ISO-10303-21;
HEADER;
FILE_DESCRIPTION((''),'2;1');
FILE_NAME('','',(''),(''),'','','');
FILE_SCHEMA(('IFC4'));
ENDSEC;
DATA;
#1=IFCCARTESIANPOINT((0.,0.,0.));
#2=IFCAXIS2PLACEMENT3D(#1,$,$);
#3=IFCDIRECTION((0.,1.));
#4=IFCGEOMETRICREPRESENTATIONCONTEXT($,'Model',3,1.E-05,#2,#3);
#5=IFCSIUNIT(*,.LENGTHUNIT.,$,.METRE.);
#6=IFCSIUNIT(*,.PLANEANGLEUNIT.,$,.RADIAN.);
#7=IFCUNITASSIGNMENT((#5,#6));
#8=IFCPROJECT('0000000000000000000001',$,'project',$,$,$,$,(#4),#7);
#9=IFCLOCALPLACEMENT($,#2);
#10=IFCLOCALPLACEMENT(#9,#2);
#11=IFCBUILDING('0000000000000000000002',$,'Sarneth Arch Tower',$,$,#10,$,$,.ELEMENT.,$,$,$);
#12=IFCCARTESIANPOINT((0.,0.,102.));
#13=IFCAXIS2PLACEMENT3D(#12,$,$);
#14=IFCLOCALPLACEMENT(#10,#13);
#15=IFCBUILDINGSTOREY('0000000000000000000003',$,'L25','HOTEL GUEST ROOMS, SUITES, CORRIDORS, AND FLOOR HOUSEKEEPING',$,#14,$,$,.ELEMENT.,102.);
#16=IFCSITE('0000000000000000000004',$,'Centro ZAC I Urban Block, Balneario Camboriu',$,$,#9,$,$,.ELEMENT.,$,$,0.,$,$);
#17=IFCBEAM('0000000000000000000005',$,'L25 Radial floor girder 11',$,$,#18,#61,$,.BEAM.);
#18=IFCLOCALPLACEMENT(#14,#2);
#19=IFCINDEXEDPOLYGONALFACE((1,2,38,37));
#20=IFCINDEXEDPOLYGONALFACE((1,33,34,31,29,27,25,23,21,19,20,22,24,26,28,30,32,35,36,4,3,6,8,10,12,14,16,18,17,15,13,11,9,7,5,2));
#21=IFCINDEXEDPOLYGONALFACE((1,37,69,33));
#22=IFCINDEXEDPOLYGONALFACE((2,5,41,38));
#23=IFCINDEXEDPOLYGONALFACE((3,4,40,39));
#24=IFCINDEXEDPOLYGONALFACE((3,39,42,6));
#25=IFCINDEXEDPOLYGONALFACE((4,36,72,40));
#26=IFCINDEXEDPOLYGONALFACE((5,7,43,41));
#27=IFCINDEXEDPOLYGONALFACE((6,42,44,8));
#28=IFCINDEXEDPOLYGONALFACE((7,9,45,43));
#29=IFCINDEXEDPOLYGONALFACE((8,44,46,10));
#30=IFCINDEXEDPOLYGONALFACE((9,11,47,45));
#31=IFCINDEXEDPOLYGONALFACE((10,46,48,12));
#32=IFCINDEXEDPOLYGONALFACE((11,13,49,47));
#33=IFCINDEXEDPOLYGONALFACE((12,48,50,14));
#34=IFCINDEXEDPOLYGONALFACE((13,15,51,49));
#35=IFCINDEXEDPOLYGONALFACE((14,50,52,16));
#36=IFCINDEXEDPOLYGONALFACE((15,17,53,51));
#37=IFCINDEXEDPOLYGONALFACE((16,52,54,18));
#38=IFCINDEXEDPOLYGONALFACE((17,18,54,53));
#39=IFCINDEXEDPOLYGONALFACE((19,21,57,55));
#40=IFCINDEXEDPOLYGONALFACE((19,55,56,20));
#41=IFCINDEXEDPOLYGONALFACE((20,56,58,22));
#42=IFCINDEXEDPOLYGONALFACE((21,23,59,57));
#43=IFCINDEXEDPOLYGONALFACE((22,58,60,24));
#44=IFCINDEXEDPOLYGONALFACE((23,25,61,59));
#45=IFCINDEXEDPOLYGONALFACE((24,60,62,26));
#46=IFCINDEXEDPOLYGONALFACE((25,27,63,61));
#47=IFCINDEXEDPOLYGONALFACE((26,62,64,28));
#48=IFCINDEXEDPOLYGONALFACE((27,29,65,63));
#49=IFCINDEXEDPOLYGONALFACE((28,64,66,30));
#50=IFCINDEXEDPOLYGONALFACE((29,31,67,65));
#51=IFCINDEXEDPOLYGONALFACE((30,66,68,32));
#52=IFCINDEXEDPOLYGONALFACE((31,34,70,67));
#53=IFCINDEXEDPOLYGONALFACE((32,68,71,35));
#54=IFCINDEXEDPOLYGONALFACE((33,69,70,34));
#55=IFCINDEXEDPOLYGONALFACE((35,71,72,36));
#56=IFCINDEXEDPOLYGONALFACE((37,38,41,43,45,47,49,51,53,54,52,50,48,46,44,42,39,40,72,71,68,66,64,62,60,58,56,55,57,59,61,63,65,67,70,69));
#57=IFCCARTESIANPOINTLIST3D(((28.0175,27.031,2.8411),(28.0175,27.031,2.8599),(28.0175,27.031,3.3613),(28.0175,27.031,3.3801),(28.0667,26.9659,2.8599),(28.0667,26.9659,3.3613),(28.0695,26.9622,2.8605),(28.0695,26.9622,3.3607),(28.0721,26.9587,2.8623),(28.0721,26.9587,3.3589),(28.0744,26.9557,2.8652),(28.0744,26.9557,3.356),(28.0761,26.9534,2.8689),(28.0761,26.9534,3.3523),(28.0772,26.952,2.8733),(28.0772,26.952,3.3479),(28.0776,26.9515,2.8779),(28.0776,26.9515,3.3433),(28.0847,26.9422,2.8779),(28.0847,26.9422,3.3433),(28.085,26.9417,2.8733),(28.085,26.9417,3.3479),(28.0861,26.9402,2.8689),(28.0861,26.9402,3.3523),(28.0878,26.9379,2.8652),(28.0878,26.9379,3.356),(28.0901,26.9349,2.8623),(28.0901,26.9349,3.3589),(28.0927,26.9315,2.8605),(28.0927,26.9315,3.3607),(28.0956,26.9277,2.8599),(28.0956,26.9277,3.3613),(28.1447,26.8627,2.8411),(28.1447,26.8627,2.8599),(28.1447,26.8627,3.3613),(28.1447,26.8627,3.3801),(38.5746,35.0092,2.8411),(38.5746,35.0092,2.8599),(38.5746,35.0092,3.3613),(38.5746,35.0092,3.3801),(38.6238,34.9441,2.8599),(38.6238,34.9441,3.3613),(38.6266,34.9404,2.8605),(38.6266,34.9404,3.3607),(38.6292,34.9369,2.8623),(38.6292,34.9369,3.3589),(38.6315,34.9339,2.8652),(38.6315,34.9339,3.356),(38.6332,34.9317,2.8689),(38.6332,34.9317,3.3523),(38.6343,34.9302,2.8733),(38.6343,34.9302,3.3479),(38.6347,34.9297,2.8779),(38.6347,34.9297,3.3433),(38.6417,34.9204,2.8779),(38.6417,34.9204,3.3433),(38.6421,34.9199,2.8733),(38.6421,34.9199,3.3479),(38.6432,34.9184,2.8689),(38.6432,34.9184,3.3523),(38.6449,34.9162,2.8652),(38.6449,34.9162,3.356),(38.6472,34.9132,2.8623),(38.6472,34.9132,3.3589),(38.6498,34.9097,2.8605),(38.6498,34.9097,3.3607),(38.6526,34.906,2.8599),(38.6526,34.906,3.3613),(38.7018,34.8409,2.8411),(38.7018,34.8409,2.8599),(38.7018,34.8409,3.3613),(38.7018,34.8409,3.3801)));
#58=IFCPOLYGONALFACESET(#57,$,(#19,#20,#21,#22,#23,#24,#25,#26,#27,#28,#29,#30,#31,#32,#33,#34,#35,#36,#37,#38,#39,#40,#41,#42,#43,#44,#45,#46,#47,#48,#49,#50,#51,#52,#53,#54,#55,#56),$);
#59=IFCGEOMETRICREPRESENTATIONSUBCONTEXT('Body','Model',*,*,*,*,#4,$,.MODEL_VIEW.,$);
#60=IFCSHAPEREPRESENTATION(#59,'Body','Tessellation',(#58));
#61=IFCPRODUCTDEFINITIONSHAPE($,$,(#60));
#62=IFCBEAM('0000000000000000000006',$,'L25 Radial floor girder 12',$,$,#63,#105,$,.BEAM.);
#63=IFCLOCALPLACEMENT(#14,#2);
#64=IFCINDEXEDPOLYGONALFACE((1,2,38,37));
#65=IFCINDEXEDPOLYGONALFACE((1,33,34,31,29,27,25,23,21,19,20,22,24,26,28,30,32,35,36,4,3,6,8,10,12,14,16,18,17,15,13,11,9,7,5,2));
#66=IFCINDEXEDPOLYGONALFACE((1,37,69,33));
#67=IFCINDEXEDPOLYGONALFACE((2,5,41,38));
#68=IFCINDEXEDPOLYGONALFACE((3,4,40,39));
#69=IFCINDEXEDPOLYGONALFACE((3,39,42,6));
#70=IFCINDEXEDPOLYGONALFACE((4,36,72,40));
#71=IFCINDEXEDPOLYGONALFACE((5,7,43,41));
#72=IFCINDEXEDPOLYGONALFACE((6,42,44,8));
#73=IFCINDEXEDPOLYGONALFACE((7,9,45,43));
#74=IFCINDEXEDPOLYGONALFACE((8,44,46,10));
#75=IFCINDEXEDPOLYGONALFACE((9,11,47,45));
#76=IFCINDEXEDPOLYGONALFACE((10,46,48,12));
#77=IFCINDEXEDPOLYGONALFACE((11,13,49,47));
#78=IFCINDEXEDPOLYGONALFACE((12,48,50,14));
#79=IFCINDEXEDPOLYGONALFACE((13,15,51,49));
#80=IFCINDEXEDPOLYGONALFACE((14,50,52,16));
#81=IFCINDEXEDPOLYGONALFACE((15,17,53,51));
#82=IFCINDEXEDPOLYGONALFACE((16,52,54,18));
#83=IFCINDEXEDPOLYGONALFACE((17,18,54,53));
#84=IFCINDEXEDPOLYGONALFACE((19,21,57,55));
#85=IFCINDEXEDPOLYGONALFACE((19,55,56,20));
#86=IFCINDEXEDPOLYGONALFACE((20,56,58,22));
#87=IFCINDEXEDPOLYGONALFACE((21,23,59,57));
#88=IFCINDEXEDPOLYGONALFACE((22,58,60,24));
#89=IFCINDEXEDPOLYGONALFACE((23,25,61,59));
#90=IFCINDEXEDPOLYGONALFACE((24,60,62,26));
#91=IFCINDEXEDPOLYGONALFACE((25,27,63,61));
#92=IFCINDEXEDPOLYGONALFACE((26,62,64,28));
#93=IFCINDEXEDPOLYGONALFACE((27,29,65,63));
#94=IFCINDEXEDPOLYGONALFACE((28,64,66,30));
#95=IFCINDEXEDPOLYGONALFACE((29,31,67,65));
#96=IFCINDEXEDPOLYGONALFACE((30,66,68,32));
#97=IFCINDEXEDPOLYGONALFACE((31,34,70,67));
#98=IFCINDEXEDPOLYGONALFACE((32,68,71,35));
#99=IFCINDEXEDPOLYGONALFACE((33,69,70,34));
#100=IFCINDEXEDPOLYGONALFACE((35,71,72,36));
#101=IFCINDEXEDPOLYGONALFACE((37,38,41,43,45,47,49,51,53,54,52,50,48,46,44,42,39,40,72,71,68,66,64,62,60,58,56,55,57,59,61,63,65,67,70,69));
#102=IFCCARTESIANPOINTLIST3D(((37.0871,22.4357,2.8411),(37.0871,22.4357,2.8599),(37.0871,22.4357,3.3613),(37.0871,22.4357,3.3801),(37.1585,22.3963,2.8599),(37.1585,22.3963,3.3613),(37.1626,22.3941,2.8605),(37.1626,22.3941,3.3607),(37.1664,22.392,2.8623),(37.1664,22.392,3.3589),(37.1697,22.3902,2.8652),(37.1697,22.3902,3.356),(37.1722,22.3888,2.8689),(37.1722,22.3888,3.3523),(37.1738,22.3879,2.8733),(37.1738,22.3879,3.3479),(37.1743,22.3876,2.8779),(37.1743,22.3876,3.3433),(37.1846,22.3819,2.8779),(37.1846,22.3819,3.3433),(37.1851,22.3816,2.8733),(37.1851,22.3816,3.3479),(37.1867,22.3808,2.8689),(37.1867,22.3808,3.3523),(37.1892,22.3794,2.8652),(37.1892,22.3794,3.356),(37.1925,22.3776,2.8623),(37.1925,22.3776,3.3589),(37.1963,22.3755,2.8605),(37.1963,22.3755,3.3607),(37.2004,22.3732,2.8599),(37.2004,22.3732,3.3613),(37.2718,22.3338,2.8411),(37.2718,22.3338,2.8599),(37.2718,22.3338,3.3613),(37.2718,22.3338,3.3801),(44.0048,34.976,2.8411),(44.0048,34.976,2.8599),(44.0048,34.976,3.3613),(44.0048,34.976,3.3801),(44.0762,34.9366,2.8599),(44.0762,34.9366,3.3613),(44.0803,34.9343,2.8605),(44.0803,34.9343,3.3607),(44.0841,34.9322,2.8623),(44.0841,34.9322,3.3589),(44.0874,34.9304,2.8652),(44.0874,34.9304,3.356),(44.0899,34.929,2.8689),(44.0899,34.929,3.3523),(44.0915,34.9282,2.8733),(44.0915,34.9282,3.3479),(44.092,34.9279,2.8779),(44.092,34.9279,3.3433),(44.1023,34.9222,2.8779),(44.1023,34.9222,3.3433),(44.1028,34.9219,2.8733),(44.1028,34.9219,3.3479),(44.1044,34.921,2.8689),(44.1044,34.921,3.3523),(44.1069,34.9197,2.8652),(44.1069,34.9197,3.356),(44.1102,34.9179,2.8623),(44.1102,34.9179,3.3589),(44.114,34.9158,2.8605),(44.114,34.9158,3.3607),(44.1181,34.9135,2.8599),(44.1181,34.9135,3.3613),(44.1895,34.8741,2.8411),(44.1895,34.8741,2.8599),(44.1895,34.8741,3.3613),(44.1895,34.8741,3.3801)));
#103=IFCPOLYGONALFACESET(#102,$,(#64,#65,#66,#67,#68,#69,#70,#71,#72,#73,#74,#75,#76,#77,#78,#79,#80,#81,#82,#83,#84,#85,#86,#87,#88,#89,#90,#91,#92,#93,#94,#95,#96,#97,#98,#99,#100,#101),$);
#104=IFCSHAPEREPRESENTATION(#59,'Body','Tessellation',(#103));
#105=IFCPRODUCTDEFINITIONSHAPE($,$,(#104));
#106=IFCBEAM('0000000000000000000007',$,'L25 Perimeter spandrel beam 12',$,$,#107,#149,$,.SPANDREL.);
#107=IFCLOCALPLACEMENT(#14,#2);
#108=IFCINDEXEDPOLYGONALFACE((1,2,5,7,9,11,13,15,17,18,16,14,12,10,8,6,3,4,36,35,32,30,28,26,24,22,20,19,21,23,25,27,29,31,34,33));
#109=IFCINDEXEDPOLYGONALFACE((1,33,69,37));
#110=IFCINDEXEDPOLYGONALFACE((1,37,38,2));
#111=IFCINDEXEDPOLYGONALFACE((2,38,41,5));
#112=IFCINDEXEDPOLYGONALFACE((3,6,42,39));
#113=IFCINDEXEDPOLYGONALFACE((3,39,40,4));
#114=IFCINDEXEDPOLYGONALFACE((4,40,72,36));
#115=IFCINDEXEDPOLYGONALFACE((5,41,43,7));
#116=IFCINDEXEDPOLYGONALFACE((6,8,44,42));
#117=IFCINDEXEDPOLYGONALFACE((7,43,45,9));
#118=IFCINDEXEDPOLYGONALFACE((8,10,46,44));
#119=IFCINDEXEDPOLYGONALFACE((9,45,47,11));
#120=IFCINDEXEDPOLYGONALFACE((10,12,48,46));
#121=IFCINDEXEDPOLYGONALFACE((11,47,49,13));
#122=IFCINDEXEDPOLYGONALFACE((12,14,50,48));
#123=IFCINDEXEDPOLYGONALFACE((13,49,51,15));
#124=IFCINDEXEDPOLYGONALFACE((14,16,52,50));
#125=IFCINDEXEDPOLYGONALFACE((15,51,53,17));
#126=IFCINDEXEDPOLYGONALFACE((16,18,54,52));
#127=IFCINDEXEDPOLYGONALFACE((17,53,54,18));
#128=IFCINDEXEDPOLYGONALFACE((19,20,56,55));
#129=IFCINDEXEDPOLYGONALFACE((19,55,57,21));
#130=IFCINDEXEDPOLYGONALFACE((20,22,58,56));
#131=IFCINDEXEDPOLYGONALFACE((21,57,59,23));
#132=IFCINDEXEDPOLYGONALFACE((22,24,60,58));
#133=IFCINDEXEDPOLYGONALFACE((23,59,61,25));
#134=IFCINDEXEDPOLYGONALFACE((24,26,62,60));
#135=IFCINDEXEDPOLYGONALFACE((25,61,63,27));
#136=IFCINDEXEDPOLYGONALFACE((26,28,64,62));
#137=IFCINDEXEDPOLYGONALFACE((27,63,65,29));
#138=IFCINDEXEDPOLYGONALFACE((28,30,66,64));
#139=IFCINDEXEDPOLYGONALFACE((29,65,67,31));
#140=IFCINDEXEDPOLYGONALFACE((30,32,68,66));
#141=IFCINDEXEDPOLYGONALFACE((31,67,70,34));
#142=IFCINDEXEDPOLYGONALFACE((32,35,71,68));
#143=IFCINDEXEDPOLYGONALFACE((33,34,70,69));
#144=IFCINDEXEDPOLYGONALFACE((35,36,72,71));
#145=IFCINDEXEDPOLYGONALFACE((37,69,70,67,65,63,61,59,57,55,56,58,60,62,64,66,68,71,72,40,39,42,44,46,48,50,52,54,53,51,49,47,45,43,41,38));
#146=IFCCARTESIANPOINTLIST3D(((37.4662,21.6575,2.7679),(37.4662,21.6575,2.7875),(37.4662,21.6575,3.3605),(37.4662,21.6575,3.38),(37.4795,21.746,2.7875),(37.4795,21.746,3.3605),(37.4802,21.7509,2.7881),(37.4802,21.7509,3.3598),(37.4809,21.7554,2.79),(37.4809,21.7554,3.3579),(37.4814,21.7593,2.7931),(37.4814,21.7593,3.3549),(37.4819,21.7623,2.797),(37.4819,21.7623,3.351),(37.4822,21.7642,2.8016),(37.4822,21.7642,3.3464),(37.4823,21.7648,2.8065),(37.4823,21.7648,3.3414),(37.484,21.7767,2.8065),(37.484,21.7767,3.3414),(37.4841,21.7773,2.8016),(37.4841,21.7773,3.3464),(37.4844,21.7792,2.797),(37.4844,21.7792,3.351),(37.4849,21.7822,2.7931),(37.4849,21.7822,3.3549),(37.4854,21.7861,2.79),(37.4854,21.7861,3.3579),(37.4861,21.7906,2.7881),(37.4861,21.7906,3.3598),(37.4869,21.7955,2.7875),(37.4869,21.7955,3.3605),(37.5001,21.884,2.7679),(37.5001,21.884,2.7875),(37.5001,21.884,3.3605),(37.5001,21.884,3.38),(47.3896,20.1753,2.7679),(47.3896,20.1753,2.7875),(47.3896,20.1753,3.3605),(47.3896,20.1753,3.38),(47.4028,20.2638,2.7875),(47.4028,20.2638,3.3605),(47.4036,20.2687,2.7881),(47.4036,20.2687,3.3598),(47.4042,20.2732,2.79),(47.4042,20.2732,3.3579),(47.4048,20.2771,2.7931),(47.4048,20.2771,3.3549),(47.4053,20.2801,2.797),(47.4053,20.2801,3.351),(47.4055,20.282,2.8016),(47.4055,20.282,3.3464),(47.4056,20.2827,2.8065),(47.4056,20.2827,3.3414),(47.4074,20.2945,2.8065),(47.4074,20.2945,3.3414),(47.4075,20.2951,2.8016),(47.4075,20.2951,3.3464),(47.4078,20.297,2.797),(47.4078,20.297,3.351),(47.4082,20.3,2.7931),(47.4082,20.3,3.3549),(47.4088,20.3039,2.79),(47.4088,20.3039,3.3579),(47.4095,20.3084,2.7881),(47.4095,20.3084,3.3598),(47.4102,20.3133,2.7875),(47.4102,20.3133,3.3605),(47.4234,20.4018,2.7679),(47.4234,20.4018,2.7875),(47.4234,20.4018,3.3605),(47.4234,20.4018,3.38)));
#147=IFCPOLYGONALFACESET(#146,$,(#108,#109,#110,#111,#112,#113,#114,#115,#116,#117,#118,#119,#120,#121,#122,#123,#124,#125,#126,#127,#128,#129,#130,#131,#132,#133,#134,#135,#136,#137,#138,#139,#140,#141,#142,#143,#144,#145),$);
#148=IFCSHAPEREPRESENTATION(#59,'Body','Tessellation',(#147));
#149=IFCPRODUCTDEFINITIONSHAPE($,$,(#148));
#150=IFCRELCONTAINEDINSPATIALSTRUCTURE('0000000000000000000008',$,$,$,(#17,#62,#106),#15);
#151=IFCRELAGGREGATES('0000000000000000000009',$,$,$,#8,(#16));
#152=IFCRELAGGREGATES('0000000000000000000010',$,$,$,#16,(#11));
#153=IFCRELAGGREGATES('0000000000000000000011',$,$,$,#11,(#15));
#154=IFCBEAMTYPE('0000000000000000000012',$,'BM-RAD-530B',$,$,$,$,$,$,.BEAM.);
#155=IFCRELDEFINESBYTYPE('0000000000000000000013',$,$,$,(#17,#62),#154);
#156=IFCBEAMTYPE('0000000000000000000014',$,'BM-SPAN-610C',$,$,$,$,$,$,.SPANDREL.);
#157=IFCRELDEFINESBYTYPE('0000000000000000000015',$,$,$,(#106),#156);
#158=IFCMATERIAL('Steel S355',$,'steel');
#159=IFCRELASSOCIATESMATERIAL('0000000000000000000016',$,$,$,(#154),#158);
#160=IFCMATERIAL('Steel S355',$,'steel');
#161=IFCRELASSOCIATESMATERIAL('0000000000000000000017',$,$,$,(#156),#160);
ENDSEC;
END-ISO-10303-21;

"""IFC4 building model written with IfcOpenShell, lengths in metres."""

from ifc_helpers import new_model, si_unit, direction, frame, origin, origin_2d, place, context, subcontext, project, spatial, i_section, extrude, material, material_profile, profile_set, type_object, element, save


model = new_model("IFC4")

# Units and contexts
model_context = context("Model", 3, precision=1e-05, world=origin(), true_north=direction((0.0, 1.0)))
body_context = subcontext(model_context, "Body", "Model", "MODEL_VIEW")
ifc_project = project(units=[si_unit("LENGTHUNIT", "METRE"), si_unit("PLANEANGLEUNIT", "RADIAN")], contexts=[model_context])

# Site, building, storey
site_placement = place(None, origin())
site = spatial("IfcSite", under=ifc_project, at=site_placement, Name="Centro ZAC I Urban Block, Balneario Camboriu", CompositionType="ELEMENT", RefElevation=0.0)
building_placement = place(site_placement, origin())
building = spatial("IfcBuilding", under=site, at=building_placement, Name="Sarneth Arch Tower", CompositionType="ELEMENT")
storey_placement = place(building_placement, frame((0.0, 0.0, 102.0)))
storey = spatial("IfcBuildingStorey", under=building, at=storey_placement, Name="L25", Description="HOTEL GUEST ROOMS, SUITES, CORRIDORS, AND FLOOR HOUSEKEEPING", CompositionType="ELEMENT", Elevation=102.0)

# Beams
ifc_material_1 = material(Name="Steel S355", Category="steel")
ifc_material_profile_1 = material_profile(ifc_material_1, i_section(OverallWidth=0.2109, OverallDepth=0.5391, WebThickness=0.0117, FlangeThickness=0.0188, FilletRadius=0.0181, at=origin_2d()), Name="W530x109")
ifc_profile_set_1 = profile_set([ifc_material_profile_1], Name="Steel S355")
beam_type_1 = type_object("IfcBeamType", Name="BM-RAD-530B", PredefinedType="BEAM", material=ifc_profile_set_1)
beam_1_placement = place(storey_placement, frame((38.6382, 34.925, 3.1106), z_axis=(-0.797803, -0.602918, 0.0), x_axis=(0.602918, -0.797803, 0.0)))
element("IfcBeam", 1, at=beam_1_placement, inside=storey, type_object=beam_type_1, Name="L25 Radial floor girder 11", PredefinedType="BEAM", context=body_context, shape_type="SweptSolid", body=[
    extrude(i_section(OverallWidth=0.2109, OverallDepth=0.5391, WebThickness=0.0117, FlangeThickness=0.0188, FilletRadius=0.0181, at=origin_2d()), origin(), (0.0, 0.0, 1.0), 13.2327),
])
beam_2_placement = place(storey_placement, frame((44.0972, 34.925, 3.1106), z_axis=(-0.483021, -0.875609, 0.0), x_axis=(0.875609, -0.483021, 0.0)))
element("IfcBeam", 2, at=beam_2_placement, inside=storey, type_object=beam_type_1, Name="L25 Radial floor girder 12", PredefinedType="BEAM", context=body_context, shape_type="SweptSolid", body=[
    extrude(i_section(OverallWidth=0.2109, OverallDepth=0.5391, WebThickness=0.0117, FlangeThickness=0.0188, FilletRadius=0.0181, at=origin_2d()), origin(), (0.0, 0.0, 1.0), 14.3218),
])
ifc_material_2 = material(Name="Steel S355", Category="steel")
ifc_material_profile_2 = material_profile(ifc_material_2, i_section(OverallWidth=0.229, OverallDepth=0.6121, WebThickness=0.012, FlangeThickness=0.0195, FilletRadius=0.019, at=origin_2d()), Name="W610x125")
ifc_profile_set_2 = profile_set([ifc_material_profile_2], Name="Steel S355")
beam_type_2 = type_object("IfcBeamType", Name="BM-SPAN-610C", PredefinedType="SPANDREL", material=ifc_profile_set_2)
beam_3_placement = place(storey_placement, frame((37.4832, 21.7708, 3.074), z_axis=(0.989029, -0.147724, 0.0), x_axis=(0.147724, 0.989029, 0.0)))
element("IfcBeam", 3, at=beam_3_placement, inside=storey, type_object=beam_type_2, Name="L25 Perimeter spandrel beam 12", PredefinedType="SPANDREL", context=body_context, shape_type="SweptSolid", body=[
    extrude(i_section(OverallWidth=0.229, OverallDepth=0.6121, WebThickness=0.012, FlangeThickness=0.0195, FilletRadius=0.019, at=origin_2d()), origin(), (0.0, 0.0, 1.0), 10.0334),
])

save(model, "model.ifc")
